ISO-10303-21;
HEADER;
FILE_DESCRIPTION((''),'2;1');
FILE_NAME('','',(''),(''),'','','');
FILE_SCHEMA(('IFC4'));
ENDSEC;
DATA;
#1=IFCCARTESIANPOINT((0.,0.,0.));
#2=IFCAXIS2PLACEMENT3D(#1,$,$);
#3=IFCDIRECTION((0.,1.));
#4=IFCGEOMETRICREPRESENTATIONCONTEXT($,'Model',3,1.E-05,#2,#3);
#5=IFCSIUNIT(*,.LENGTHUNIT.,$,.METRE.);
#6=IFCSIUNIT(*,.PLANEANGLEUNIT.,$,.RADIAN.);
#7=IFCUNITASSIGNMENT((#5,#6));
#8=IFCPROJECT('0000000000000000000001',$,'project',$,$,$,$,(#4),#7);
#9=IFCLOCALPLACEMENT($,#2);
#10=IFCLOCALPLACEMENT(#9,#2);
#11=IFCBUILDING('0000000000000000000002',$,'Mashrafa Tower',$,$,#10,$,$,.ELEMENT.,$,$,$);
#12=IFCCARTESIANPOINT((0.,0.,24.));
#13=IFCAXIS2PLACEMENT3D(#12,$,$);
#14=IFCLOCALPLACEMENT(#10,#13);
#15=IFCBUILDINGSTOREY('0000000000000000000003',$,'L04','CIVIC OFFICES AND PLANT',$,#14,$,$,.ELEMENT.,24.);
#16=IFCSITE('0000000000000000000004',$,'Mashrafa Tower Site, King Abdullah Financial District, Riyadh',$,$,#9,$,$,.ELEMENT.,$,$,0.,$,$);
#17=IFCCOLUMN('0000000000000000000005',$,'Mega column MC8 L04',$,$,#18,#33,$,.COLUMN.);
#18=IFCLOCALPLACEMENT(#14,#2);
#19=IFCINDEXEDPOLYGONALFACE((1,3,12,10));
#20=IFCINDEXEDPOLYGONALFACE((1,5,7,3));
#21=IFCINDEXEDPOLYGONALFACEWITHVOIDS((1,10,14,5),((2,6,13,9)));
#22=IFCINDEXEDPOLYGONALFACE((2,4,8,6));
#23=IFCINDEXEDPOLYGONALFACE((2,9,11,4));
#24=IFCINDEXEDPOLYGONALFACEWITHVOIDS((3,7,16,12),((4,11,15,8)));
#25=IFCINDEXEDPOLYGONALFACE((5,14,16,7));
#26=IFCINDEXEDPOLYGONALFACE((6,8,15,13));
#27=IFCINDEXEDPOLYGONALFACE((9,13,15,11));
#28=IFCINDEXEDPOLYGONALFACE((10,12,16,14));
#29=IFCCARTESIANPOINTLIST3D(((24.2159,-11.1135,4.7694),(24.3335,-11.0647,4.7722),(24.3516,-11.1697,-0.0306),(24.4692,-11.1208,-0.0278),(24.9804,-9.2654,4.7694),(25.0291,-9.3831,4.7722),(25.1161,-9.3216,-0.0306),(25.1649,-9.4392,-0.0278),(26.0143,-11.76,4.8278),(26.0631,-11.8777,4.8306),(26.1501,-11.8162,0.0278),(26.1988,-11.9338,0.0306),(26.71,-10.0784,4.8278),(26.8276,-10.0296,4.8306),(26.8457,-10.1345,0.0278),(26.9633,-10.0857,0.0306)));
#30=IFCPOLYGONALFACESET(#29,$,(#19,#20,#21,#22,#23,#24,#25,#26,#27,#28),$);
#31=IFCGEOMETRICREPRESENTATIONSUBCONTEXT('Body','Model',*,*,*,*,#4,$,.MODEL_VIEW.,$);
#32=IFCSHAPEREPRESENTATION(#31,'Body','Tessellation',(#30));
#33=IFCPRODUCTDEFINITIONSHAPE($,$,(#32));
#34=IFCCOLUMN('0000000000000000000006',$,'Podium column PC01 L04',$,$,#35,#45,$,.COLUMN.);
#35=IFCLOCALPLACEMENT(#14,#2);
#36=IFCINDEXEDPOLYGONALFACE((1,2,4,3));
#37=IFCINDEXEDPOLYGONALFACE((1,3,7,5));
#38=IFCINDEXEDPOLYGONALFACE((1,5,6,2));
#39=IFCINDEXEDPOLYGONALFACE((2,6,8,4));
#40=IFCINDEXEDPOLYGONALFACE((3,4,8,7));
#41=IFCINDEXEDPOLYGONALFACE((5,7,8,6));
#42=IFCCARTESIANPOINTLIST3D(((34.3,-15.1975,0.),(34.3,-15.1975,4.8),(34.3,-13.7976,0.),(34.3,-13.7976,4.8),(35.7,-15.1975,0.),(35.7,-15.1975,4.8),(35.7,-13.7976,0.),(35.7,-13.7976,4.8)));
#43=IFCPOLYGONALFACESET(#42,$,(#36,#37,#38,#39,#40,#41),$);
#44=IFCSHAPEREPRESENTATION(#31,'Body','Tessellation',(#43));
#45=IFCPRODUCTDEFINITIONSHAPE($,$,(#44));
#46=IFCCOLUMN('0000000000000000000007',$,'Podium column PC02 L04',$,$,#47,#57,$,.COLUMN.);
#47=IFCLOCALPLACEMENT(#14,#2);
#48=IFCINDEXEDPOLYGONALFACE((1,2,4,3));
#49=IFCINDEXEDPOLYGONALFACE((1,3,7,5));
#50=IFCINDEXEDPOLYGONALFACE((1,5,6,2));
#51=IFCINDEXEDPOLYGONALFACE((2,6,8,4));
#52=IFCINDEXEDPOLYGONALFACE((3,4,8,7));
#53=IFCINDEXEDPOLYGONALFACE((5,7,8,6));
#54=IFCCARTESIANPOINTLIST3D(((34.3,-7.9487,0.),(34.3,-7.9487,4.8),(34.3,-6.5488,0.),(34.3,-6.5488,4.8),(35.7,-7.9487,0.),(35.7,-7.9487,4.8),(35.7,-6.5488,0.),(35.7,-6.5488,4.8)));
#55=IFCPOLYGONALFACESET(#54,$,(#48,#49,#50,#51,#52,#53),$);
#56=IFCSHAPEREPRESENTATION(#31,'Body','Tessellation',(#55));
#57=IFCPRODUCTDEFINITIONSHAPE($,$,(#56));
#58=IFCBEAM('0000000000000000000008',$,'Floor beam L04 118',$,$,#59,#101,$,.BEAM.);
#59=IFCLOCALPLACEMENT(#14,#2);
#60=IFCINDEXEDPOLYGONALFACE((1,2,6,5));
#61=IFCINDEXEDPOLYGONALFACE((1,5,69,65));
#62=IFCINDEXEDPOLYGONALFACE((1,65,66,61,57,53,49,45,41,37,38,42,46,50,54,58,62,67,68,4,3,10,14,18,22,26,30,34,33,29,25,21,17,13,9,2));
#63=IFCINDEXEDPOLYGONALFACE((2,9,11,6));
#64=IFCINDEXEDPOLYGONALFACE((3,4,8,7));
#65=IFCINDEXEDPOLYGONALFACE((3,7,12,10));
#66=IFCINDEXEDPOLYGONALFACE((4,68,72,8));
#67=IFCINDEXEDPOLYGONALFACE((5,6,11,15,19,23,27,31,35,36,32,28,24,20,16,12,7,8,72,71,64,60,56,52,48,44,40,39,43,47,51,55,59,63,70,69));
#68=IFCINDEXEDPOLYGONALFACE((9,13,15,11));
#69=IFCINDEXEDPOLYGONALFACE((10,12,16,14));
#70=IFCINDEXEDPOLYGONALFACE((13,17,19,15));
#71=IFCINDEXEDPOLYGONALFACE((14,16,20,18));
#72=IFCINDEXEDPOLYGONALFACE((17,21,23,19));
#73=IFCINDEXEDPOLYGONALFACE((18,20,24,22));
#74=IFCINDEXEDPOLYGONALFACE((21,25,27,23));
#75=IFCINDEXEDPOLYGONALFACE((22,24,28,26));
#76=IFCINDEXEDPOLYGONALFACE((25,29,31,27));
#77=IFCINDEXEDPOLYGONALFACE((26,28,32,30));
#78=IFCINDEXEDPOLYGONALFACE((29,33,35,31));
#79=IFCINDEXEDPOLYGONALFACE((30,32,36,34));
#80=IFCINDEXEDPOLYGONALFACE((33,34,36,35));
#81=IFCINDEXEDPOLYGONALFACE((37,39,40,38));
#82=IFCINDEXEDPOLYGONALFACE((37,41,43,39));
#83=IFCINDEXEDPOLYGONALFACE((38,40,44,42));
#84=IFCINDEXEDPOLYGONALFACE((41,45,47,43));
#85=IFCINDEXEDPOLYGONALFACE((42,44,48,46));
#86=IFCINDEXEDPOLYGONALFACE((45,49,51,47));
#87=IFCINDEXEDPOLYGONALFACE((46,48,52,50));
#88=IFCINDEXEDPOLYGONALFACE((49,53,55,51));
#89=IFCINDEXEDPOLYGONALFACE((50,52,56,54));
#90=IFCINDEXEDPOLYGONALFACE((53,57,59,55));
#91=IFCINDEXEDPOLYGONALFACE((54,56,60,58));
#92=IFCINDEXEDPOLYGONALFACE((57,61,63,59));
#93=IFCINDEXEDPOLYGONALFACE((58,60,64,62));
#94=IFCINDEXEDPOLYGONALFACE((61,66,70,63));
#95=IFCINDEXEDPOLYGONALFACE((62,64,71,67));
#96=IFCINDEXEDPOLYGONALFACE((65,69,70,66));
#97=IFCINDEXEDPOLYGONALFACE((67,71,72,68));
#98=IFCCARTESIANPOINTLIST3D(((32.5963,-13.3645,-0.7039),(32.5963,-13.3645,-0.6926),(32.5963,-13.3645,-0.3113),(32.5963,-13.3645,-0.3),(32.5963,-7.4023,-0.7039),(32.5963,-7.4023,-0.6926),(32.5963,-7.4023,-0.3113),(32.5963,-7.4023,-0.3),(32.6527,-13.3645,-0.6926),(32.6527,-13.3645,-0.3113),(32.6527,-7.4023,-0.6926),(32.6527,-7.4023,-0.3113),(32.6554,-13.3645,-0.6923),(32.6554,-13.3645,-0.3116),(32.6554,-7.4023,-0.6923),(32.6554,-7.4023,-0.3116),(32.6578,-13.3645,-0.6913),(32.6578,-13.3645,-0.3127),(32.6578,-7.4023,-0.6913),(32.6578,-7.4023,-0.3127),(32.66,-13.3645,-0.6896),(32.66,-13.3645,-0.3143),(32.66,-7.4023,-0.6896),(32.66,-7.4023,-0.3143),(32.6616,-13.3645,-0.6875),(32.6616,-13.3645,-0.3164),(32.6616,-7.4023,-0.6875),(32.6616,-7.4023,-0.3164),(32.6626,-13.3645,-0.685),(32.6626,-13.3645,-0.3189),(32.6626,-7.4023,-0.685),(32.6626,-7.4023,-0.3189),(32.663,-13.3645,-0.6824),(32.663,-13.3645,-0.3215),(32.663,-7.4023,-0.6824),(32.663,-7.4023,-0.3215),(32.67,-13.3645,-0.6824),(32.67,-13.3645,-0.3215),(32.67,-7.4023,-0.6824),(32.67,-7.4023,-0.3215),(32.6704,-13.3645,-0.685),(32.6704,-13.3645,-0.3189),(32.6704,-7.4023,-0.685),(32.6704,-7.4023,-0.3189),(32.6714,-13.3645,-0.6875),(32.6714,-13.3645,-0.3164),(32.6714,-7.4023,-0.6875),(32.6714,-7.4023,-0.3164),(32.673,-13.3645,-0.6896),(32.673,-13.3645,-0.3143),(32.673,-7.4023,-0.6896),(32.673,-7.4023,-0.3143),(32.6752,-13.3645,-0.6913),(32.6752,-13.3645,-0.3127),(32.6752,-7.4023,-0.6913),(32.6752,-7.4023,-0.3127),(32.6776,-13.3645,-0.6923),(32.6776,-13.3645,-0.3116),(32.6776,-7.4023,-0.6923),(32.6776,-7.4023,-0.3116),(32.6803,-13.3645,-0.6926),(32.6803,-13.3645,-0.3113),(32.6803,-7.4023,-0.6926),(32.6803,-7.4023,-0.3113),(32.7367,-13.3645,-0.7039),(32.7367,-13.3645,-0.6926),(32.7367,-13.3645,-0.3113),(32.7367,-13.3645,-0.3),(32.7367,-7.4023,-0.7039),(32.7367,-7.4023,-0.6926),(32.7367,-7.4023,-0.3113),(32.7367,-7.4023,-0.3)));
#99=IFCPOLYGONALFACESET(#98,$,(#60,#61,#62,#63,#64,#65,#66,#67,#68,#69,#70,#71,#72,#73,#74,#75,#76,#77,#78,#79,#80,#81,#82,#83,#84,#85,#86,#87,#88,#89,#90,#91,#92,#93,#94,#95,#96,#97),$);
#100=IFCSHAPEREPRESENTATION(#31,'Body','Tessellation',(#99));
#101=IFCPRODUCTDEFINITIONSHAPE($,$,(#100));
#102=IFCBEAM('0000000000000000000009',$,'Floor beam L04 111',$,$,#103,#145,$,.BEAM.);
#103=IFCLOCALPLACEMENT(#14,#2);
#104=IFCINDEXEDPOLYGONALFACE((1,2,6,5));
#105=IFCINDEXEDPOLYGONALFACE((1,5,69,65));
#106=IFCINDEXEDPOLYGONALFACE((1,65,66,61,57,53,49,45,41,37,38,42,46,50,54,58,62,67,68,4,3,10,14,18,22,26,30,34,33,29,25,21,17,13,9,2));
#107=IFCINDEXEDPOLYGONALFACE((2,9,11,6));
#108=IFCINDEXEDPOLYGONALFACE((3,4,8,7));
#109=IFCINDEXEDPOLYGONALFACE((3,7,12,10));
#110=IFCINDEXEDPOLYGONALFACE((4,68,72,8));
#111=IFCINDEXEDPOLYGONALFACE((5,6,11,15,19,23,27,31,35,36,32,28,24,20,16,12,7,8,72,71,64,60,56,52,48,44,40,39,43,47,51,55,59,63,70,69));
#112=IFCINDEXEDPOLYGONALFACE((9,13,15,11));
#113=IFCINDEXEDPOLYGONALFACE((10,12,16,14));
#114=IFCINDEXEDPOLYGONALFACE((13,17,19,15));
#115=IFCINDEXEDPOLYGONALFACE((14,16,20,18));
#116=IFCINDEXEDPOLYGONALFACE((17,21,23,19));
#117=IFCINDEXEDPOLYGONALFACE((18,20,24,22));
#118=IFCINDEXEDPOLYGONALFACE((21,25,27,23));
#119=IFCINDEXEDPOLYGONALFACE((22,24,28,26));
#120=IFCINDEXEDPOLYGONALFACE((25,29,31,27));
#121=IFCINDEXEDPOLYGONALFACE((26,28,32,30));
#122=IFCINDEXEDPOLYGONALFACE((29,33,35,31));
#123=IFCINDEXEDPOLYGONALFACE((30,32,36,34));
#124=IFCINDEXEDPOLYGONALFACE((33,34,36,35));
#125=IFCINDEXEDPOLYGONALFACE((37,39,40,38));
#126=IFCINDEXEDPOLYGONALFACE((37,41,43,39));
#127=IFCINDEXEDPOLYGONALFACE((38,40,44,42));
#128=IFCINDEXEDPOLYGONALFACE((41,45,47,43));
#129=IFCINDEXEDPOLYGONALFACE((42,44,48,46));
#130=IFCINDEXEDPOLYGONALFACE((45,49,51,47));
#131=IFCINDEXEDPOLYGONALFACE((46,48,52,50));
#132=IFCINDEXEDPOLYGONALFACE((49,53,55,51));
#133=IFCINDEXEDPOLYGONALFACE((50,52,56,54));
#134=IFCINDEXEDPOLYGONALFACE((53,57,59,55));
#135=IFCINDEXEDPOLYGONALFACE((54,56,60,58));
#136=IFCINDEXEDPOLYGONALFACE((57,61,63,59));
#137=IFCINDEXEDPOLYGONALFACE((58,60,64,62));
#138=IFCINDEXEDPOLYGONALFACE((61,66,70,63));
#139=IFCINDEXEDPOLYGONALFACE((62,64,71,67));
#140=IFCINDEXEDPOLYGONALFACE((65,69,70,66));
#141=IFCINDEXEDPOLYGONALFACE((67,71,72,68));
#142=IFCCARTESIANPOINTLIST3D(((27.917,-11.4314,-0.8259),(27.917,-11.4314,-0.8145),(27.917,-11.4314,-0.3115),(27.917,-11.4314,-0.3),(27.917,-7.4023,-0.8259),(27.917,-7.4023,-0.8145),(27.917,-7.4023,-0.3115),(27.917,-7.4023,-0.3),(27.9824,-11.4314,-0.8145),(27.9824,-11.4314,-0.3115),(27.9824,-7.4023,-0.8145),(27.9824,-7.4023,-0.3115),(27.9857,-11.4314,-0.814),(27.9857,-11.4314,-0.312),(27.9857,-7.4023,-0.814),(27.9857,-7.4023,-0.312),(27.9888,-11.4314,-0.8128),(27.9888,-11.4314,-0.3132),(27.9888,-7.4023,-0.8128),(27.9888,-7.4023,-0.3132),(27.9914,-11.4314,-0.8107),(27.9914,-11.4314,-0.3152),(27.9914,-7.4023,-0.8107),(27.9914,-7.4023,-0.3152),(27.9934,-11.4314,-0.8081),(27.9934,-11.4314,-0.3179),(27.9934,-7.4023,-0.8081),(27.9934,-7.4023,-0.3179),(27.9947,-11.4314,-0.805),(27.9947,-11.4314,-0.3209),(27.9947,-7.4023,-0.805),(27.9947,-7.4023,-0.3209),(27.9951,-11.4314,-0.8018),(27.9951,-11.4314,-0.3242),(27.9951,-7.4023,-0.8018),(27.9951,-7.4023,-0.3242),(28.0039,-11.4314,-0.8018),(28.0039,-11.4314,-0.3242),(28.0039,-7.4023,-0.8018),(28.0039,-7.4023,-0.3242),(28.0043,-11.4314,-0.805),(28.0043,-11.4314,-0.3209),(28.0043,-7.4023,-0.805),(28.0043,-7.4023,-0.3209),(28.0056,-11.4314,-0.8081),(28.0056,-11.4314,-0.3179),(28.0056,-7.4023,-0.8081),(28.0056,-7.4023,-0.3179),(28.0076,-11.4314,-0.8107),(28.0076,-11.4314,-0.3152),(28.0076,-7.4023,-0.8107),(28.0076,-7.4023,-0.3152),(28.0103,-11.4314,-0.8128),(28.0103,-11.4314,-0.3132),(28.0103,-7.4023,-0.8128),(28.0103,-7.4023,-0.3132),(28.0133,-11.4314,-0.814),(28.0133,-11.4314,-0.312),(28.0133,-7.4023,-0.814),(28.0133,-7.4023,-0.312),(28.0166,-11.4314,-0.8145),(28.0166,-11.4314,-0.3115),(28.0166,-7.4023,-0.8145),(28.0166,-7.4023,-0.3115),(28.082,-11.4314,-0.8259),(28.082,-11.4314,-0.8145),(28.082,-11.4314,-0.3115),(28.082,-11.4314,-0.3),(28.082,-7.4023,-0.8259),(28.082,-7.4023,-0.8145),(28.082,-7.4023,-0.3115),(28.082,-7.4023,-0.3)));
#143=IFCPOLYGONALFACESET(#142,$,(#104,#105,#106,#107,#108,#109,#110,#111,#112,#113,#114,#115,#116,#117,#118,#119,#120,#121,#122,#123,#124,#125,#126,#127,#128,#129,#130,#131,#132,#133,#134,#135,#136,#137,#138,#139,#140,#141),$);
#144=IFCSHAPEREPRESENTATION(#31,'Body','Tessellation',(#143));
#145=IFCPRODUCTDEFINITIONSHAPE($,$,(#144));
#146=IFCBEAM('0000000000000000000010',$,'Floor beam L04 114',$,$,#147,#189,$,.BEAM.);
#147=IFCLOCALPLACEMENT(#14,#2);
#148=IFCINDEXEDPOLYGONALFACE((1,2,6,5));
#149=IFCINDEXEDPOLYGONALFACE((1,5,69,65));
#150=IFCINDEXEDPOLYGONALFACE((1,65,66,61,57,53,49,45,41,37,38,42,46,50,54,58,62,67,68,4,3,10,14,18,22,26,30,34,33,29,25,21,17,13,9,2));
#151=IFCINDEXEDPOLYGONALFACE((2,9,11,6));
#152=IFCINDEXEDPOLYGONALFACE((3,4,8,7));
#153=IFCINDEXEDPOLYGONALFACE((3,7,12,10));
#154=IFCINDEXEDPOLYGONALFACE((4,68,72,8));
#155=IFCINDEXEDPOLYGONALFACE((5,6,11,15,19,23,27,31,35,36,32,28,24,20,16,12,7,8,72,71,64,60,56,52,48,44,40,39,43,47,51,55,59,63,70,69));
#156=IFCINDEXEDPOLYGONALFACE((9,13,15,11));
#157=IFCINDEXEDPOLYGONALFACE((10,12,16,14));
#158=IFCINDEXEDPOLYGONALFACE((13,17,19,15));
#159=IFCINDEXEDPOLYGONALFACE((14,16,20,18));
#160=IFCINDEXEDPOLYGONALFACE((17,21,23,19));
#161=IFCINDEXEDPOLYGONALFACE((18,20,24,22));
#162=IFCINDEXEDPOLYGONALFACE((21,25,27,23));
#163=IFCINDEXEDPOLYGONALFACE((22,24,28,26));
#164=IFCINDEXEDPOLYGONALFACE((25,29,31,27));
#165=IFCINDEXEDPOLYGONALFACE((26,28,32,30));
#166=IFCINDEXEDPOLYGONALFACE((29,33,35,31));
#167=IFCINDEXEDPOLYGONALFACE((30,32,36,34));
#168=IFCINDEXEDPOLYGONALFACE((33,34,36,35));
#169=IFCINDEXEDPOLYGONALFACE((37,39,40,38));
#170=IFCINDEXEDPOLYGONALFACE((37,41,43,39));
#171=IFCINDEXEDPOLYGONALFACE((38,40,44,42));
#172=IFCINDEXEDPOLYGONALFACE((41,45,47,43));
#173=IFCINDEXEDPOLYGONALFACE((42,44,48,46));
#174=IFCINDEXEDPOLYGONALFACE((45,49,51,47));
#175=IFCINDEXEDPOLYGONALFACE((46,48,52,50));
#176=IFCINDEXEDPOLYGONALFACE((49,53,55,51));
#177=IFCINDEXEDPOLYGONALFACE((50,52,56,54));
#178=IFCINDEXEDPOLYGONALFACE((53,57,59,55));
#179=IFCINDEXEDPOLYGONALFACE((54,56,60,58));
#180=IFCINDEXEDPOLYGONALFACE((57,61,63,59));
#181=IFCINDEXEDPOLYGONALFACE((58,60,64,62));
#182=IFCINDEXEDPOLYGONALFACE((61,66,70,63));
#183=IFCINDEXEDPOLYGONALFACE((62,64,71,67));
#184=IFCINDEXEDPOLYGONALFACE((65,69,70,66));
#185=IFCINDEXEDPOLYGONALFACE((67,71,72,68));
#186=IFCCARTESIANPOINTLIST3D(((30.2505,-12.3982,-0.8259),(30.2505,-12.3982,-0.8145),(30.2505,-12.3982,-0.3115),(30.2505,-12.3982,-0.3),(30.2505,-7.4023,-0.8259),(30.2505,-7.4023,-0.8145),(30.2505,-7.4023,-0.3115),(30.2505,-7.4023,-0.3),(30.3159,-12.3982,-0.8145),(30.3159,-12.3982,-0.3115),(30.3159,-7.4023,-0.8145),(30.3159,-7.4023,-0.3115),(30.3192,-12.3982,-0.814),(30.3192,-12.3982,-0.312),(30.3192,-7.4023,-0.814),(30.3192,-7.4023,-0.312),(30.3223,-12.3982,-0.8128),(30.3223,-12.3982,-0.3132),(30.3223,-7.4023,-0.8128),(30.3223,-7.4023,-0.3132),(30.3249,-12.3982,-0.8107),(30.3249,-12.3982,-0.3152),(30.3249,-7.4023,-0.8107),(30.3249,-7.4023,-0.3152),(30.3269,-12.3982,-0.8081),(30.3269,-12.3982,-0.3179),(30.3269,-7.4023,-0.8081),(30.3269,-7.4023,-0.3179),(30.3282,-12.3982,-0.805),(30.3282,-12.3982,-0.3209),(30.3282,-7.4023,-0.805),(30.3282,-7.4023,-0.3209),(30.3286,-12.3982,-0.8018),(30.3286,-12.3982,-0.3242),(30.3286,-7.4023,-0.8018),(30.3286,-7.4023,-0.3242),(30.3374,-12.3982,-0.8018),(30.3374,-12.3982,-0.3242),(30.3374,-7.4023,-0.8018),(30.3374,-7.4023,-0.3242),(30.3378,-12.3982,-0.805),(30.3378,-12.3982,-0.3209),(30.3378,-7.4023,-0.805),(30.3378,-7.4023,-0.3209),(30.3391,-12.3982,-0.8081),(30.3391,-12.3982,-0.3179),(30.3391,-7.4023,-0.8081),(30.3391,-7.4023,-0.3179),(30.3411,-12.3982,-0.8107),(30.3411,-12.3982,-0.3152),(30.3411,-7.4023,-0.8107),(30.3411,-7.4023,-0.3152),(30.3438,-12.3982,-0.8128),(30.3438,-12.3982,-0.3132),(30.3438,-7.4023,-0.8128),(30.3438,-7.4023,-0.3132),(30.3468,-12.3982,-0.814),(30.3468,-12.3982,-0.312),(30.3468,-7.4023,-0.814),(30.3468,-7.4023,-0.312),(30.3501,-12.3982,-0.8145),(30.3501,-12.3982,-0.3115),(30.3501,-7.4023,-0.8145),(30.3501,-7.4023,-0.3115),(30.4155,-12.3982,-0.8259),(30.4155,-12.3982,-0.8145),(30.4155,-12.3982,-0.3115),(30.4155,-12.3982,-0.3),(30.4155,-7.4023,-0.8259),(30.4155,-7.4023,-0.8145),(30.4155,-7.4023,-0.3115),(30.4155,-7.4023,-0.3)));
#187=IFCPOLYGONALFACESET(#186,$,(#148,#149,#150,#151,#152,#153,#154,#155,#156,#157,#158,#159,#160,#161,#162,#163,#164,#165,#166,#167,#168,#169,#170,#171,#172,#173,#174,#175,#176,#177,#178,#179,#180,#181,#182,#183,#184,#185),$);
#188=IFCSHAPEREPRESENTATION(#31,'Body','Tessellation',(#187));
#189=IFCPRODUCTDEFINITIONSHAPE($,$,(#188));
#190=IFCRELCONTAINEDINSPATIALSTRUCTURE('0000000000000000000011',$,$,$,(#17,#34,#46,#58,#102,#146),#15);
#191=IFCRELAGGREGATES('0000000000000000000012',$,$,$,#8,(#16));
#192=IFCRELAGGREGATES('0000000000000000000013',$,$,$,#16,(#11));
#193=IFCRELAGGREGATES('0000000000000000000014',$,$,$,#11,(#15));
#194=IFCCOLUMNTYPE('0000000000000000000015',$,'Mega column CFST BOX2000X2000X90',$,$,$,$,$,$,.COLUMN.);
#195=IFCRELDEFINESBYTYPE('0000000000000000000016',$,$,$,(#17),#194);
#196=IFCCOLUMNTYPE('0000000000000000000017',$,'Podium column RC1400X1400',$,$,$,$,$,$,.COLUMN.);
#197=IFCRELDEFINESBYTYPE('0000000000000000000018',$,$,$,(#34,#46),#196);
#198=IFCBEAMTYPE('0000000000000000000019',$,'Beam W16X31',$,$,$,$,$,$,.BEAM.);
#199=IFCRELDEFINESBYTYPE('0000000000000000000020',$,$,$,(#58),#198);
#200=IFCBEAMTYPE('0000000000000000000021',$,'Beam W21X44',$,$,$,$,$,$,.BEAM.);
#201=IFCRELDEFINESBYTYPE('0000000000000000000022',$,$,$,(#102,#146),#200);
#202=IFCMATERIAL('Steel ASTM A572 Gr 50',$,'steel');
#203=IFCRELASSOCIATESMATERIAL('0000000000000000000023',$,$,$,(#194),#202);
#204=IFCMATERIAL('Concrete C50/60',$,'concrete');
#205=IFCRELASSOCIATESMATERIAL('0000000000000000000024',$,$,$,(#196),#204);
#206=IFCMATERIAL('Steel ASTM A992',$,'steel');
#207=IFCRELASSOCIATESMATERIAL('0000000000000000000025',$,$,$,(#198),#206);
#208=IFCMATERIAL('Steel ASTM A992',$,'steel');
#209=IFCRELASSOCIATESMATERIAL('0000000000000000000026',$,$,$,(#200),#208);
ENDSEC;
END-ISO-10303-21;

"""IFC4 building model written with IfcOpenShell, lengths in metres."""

from ifc_helpers import new_model, si_unit, direction, frame, origin, origin_2d, place, context, subcontext, project, spatial, rectangle, hollow_rectangle, i_section, extrude, material, material_profile, profile_set, type_object, element, save


model = new_model("IFC4")

# Units and contexts
model_context = context("Model", 3, precision=1e-05, world=origin(), true_north=direction((0.0, 1.0)))
body_context = subcontext(model_context, "Body", "Model", "MODEL_VIEW")
ifc_project = project(units=[si_unit("LENGTHUNIT", "METRE"), si_unit("PLANEANGLEUNIT", "RADIAN")], contexts=[model_context])

# Site, building, storey
site_placement = place(None, origin())
site = spatial("IfcSite", under=ifc_project, at=site_placement, Name="Mashrafa Tower Site, King Abdullah Financial District, Riyadh", CompositionType="ELEMENT", RefElevation=0.0)
building_placement = place(site_placement, origin())
building = spatial("IfcBuilding", under=site, at=building_placement, Name="Mashrafa Tower", CompositionType="ELEMENT")
storey_placement = place(building_placement, frame((0.0, 0.0, 24.0)))
storey = spatial("IfcBuildingStorey", under=building, at=storey_placement, Name="L04", Description="CIVIC OFFICES AND PLANT", CompositionType="ELEMENT", Elevation=24.0)

# Columns
ifc_material_1 = material(Name="Steel ASTM A572 Gr 50", Category="steel")
ifc_material_profile_1 = material_profile(ifc_material_1, hollow_rectangle(XDim=2.0, YDim=2.0, WallThickness=0.0901, at=origin_2d()), Name="BOX2000X2000X90")
ifc_profile_set_1 = profile_set([ifc_material_profile_1], Name="Steel ASTM A572 Gr 50")
column_type_1 = type_object("IfcColumnType", Name="Mega column CFST BOX2000X2000X90", PredefinedType="COLUMN", material=ifc_profile_set_1)
column_placement = place(storey_placement, frame((25.6575, -10.6277, 0.0), z_axis=(-0.028266, 0.011693, 0.999532), x_axis=(-0.382254, -0.924057, 0.0)))
element("IfcColumn", 1, at=column_placement, inside=storey, type_object=column_type_1, Name="Mega column MC8 L04", PredefinedType="COLUMN", context=body_context, shape_type="SweptSolid", body=[
    extrude(hollow_rectangle(XDim=2.0, YDim=2.0, WallThickness=0.0901, at=origin_2d()), origin(), (0.0, 0.0, 1.0), 4.8022),
])
ifc_material_2 = material(Name="Concrete C50/60", Category="concrete")
ifc_material_profile_2 = material_profile(ifc_material_2, rectangle(XDim=1.3999, YDim=1.3999, at=origin_2d()), Name="RC1400X1400")
ifc_profile_set_2 = profile_set([ifc_material_profile_2], Name="Concrete C50/60")
column_type_2 = type_object("IfcColumnType", Name="Podium column RC1400X1400", PredefinedType="COLUMN", material=ifc_profile_set_2)
for number, where, z_axis, x_axis, name in (
    (2, (35.0, -14.4976, 0.0), (0.0, 0.0, 1.0), (1.0, 0.0, 0.0), "Podium column PC01 L04"),
    (3, (35.0, -7.2488, 0.0), (0.0, 0.0, 1.0), (1.0, 0.0, 0.0), "Podium column PC02 L04"),
):
    element("IfcColumn", number, at=place(storey_placement, frame(where, z_axis=z_axis, x_axis=x_axis)), inside=storey, type_object=column_type_2, Name=name, PredefinedType="COLUMN", context=body_context, shape_type="SweptSolid", body=[
        extrude(rectangle(XDim=1.3999, YDim=1.3999, at=origin_2d()), origin(), (0.0, 0.0, 1.0), 4.8),
    ])

# Beams
ifc_material_3 = material(Name="Steel ASTM A992", Category="steel")
ifc_material_profile_3 = material_profile(ifc_material_3, i_section(OverallWidth=0.1404, OverallDepth=0.4038, WebThickness=0.0071, FlangeThickness=0.0112, FilletRadius=0.0103, at=origin_2d()), Name="W16X31")
ifc_profile_set_3 = profile_set([ifc_material_profile_3], Name="Steel ASTM A992")
beam_type_1 = type_object("IfcBeamType", Name="Beam W16X31", PredefinedType="BEAM", material=ifc_profile_set_3)
beam_1_placement = place(storey_placement, frame((32.6665, -7.4023, -0.502), z_axis=(0.0, -1.0, 0.0), x_axis=(1.0, 0.0, 0.0)))
element("IfcBeam", 4, at=beam_1_placement, inside=storey, type_object=beam_type_1, Name="Floor beam L04 118", PredefinedType="BEAM", context=body_context, shape_type="SweptSolid", body=[
    extrude(i_section(OverallWidth=0.1404, OverallDepth=0.4038, WebThickness=0.0071, FlangeThickness=0.0112, FilletRadius=0.0103, at=origin_2d()), origin(), (0.0, 0.0, 1.0), 5.9622),
])
ifc_material_4 = material(Name="Steel ASTM A992", Category="steel")
ifc_material_profile_4 = material_profile(ifc_material_4, i_section(OverallWidth=0.165, OverallDepth=0.5259, WebThickness=0.0088, FlangeThickness=0.0115, FilletRadius=0.0127, at=origin_2d()), Name="W21X44")
ifc_profile_set_4 = profile_set([ifc_material_profile_4], Name="Steel ASTM A992")
beam_type_2 = type_object("IfcBeamType", Name="Beam W21X44", PredefinedType="BEAM", material=ifc_profile_set_4)
beam_2_placement = place(storey_placement, frame((27.9995, -7.4023, -0.563), z_axis=(0.0, -1.0, 0.0), x_axis=(1.0, 0.0, 0.0)))
element("IfcBeam", 5, at=beam_2_placement, inside=storey, type_object=beam_type_2, Name="Floor beam L04 111", PredefinedType="BEAM", context=body_context, shape_type="SweptSolid", body=[
    extrude(i_section(OverallWidth=0.165, OverallDepth=0.5259, WebThickness=0.0088, FlangeThickness=0.0115, FilletRadius=0.0127, at=origin_2d()), origin(), (0.0, 0.0, 1.0), 4.0291),
])
beam_3_placement = place(storey_placement, frame((30.333, -7.4023, -0.563), z_axis=(0.0, -1.0, 0.0), x_axis=(1.0, 0.0, 0.0)))
element("IfcBeam", 6, at=beam_3_placement, inside=storey, type_object=beam_type_2, Name="Floor beam L04 114", PredefinedType="BEAM", context=body_context, shape_type="SweptSolid", body=[
    extrude(i_section(OverallWidth=0.165, OverallDepth=0.5259, WebThickness=0.0088, FlangeThickness=0.0115, FilletRadius=0.0127, at=origin_2d()), origin(), (0.0, 0.0, 1.0), 4.9958),
])

save(model, "model.ifc")
